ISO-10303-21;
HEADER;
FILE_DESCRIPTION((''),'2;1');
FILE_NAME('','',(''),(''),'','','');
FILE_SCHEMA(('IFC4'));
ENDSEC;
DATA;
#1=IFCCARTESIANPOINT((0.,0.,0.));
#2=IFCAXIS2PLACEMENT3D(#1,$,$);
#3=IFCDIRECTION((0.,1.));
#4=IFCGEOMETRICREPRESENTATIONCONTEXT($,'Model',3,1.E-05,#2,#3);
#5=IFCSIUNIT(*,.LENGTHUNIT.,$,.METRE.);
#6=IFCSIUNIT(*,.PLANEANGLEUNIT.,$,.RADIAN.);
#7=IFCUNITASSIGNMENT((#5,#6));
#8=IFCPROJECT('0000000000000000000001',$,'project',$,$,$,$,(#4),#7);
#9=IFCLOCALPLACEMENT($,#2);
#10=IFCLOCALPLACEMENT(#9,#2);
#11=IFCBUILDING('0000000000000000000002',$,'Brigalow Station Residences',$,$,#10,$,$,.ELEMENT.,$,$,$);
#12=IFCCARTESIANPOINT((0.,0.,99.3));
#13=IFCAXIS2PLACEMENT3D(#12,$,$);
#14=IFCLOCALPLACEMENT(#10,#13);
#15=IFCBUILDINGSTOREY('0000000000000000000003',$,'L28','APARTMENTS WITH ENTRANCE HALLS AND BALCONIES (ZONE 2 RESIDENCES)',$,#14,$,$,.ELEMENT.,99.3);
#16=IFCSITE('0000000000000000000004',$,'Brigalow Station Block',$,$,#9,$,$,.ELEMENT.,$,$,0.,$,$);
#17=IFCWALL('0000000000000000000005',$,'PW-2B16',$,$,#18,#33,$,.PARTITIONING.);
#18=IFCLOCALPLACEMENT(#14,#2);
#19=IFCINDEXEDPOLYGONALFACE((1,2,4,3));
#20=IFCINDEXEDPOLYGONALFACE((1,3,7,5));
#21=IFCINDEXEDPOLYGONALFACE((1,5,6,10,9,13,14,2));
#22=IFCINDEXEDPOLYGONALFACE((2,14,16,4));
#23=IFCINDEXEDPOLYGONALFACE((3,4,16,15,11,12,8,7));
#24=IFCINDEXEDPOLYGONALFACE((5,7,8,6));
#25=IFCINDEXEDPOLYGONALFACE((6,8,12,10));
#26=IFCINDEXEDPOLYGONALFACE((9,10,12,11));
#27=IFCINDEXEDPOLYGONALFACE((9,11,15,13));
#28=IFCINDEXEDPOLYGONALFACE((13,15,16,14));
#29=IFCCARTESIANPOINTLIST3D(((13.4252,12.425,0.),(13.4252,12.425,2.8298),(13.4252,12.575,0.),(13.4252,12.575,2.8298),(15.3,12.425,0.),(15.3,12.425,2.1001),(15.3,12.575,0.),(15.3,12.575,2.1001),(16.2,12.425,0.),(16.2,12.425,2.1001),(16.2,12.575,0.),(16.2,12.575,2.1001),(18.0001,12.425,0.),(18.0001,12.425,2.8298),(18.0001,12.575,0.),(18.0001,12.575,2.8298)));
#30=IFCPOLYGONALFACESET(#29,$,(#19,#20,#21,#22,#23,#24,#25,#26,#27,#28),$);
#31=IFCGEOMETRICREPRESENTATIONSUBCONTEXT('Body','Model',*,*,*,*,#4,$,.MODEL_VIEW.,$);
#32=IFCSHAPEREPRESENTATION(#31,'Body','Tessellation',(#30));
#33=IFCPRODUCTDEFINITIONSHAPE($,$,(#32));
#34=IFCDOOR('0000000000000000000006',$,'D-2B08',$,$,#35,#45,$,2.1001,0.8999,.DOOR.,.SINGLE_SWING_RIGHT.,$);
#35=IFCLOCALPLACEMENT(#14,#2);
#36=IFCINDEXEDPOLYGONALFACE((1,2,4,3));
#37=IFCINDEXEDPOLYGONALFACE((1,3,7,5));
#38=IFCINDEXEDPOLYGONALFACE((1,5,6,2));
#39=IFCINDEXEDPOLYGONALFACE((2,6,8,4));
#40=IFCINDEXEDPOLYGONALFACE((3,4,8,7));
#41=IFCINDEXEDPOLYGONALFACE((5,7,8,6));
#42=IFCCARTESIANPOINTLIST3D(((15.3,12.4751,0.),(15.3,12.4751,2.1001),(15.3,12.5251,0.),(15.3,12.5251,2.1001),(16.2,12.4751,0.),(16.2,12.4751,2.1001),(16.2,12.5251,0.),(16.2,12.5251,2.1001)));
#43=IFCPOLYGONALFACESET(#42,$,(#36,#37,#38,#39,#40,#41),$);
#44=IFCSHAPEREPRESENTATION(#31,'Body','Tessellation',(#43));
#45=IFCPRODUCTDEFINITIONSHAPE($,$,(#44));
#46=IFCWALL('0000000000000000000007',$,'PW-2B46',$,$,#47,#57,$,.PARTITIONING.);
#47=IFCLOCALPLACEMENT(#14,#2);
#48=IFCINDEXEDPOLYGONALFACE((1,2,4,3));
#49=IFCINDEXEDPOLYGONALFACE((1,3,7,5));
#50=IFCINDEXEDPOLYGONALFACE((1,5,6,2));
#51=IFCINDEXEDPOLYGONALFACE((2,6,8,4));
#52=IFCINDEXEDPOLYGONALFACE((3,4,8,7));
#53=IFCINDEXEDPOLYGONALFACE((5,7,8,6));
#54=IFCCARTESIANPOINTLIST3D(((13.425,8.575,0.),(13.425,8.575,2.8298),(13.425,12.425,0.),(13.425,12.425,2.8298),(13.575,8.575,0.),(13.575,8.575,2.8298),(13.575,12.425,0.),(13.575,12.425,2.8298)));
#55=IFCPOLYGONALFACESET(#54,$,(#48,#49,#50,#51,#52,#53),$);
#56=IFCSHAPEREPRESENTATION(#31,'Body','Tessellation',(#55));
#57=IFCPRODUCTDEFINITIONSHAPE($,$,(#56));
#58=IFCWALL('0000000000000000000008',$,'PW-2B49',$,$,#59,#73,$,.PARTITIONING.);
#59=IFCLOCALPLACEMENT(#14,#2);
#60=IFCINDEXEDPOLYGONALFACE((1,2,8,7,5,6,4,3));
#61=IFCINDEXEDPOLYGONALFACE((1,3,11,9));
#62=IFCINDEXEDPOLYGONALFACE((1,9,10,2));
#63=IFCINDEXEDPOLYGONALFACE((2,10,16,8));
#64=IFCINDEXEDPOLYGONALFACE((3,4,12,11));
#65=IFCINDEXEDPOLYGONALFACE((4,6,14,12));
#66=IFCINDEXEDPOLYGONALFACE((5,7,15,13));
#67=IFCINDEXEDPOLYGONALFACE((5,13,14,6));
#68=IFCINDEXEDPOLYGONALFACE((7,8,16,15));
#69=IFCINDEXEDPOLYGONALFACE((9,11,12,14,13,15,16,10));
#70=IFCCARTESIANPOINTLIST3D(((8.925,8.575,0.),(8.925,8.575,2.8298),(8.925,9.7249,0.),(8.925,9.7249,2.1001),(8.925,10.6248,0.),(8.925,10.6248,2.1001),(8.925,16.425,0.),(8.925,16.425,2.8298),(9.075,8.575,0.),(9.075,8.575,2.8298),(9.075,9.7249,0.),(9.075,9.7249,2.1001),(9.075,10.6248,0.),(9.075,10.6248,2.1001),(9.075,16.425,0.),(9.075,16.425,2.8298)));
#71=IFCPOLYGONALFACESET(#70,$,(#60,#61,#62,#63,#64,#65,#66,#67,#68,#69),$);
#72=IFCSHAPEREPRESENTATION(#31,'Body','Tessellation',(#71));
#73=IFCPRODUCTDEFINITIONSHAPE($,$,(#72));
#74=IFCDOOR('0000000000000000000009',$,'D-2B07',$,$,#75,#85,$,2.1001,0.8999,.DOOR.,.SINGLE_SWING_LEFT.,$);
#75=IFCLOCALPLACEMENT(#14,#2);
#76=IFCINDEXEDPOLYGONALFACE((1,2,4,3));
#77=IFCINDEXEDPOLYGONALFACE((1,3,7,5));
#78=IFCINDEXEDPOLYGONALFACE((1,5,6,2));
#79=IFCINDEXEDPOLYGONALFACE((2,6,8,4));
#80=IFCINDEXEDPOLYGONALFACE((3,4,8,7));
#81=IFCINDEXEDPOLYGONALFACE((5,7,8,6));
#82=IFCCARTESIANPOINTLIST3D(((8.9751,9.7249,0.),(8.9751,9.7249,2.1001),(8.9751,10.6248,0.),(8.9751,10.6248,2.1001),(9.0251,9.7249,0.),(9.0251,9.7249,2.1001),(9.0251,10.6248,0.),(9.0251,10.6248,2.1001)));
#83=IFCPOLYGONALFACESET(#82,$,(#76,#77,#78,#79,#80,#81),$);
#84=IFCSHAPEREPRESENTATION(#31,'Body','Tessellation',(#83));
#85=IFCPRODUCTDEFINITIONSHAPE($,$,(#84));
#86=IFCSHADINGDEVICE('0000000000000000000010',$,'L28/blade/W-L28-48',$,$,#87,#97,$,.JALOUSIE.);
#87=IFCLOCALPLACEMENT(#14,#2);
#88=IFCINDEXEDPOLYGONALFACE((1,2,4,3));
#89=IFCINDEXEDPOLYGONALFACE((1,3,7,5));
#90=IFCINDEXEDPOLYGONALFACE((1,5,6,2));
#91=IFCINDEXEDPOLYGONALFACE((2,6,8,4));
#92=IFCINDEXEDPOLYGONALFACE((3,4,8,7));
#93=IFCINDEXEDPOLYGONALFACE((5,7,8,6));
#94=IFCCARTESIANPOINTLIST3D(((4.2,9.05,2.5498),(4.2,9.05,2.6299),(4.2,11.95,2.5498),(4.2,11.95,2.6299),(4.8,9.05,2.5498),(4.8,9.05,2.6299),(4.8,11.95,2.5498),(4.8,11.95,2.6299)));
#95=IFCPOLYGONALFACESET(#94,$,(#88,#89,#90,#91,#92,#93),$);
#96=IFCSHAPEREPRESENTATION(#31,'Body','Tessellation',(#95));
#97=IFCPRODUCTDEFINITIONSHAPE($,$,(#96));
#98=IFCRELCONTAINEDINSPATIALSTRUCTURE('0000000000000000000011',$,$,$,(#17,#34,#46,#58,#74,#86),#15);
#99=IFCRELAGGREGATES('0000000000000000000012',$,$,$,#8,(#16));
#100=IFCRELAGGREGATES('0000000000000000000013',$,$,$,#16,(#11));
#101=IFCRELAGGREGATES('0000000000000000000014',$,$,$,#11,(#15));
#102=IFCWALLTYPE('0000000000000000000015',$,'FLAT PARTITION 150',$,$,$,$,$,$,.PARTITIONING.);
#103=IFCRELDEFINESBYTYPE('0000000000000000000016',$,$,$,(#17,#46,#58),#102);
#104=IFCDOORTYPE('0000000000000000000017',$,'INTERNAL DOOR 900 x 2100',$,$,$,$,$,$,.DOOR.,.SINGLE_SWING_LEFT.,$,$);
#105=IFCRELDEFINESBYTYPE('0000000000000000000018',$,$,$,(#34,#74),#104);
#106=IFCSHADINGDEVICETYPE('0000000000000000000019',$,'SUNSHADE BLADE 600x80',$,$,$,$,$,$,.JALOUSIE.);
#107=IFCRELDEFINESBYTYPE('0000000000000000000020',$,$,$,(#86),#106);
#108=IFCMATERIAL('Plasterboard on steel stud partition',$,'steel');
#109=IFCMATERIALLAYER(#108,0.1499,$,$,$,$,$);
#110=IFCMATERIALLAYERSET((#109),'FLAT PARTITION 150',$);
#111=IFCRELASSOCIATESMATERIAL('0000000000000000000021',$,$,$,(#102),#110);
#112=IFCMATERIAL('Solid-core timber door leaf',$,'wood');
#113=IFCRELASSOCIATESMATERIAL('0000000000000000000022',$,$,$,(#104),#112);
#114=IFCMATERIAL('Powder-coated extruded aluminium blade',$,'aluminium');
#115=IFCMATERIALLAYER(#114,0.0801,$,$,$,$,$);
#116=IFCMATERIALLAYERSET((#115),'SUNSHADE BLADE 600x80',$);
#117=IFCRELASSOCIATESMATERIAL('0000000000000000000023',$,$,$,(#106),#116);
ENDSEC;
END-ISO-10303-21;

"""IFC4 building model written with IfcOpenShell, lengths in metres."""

from ifc_helpers import new_model, si_unit, direction, frame, frame_2d, origin, origin_2d, place, context, subcontext, project, spatial, rectangle, extrude, material, layer, layer_set, type_object, element, fill, save


model = new_model("IFC4")

# Units and contexts
model_context = context("Model", 3, precision=1e-05, world=origin(), true_north=direction((0.0, 1.0)))
body_context = subcontext(model_context, "Body", "Model", "MODEL_VIEW")
ifc_project = project(units=[si_unit("LENGTHUNIT", "METRE"), si_unit("PLANEANGLEUNIT", "RADIAN")], contexts=[model_context])

# Site, building, storey
site_placement = place(None, origin())
site = spatial("IfcSite", under=ifc_project, at=site_placement, Name="Brigalow Station Block", CompositionType="ELEMENT", RefElevation=0.0)
building_placement = place(site_placement, origin())
building = spatial("IfcBuilding", under=site, at=building_placement, Name="Brigalow Station Residences", CompositionType="ELEMENT")
storey_placement = place(building_placement, frame((0.0, 0.0, 99.3)))
storey = spatial("IfcBuildingStorey", under=building, at=storey_placement, Name="L28", Description="APARTMENTS WITH ENTRANCE HALLS AND BALCONIES (ZONE 2 RESIDENCES)", CompositionType="ELEMENT", Elevation=99.3)

# Wall, opening, door
ifc_material_1 = material(Name="Plasterboard on steel stud partition", Category="steel")
ifc_layer_1 = layer(ifc_material_1, 0.1499)
ifc_layer_set_1 = layer_set([ifc_layer_1], Name="FLAT PARTITION 150")
wall_type_1 = type_object("IfcWallType", Name="FLAT PARTITION 150", PredefinedType="PARTITIONING", material=ifc_layer_set_1)
ifc_material_2 = material(Name="Solid-core timber door leaf", Category="wood")
door_type = type_object("IfcDoorType", Name="INTERNAL DOOR 900 x 2100", OperationType="SINGLE_SWING_LEFT", PredefinedType="DOOR", material=ifc_material_2)
wall_1_placement = place(storey_placement, frame((13.425, 12.5, 0.0), z_axis=(0.0, 0.0, 1.0), x_axis=(1.0, 0.0, 0.0)))
wall_1 = element("IfcWall", 1, at=wall_1_placement, inside=storey, type_object=wall_type_1, Name="PW-2B16", PredefinedType="PARTITIONING", context=body_context, shape_type="SweptSolid", body=[
    extrude(rectangle(XDim=4.575, YDim=0.1499, at=frame_2d((2.2876, 0.0))), origin(), (0.0, 0.0, 1.0), 2.8298),
])
opening_1_placement = place(wall_1_placement, frame((1.875, 0.0, 0.0)))
opening_1 = element("IfcOpeningElement", 2, at=opening_1_placement, cuts=wall_1, PredefinedType="OPENING", context=body_context, shape_type="SweptSolid", body=[
    extrude(rectangle(XDim=0.8999, YDim=2.1001, at=frame_2d((0.45, 1.05))), frame((0.0, 0.085, 0.0), z_axis=(0.0, -1.0, 0.0), x_axis=(1.0, 0.0, 0.0)), (0.0, 0.0, 1.0), 0.1699),
])
door_1_placement = place(opening_1_placement, frame((0.8999, 0.0, 0.0), z_axis=(0.0, 0.0, 1.0), x_axis=(-1.0, 0.0, 0.0)))
door_1 = element("IfcDoor", 3, at=door_1_placement, inside=storey, type_object=door_type, Name="D-2B08", OperationType="SINGLE_SWING_RIGHT", OverallHeight=2.1001, OverallWidth=0.8999, PredefinedType="DOOR", context=body_context, shape_type="SweptSolid", body=[
    extrude(rectangle(XDim=0.8999, YDim=2.1001, at=frame_2d((0.45, 1.05))), frame((0.0, 0.0249, 0.0), z_axis=(0.0, -1.0, 0.0), x_axis=(1.0, 0.0, 0.0)), (0.0, 0.0, 1.0), 0.05),
])
fill(opening_1, door_1)

# Wall
wall_2_placement = place(storey_placement, frame((13.5, 8.575, 0.0), z_axis=(0.0, 0.0, 1.0), x_axis=(0.0, 1.0, 0.0)))
element("IfcWall", 4, at=wall_2_placement, inside=storey, type_object=wall_type_1, Name="PW-2B46", PredefinedType="PARTITIONING", context=body_context, shape_type="SweptSolid", body=[
    extrude(rectangle(XDim=3.8501, YDim=0.1499, at=frame_2d((1.925, 0.0))), origin(), (0.0, 0.0, 1.0), 2.8298),
])

# Wall, opening, door
wall_3_placement = place(storey_placement, frame((9.0, 8.575, 0.0), z_axis=(0.0, 0.0, 1.0), x_axis=(0.0, 1.0, 0.0)))
wall_3 = element("IfcWall", 5, at=wall_3_placement, inside=storey, type_object=wall_type_1, Name="PW-2B49", PredefinedType="PARTITIONING", context=body_context, shape_type="SweptSolid", body=[
    extrude(rectangle(XDim=7.8501, YDim=0.1499, at=frame_2d((3.925, 0.0))), origin(), (0.0, 0.0, 1.0), 2.8298),
])
opening_2_placement = place(wall_3_placement, frame((1.1499, 0.0, 0.0)))
opening_2 = element("IfcOpeningElement", 6, at=opening_2_placement, cuts=wall_3, PredefinedType="OPENING", context=body_context, shape_type="SweptSolid", body=[
    extrude(rectangle(XDim=0.8999, YDim=2.1001, at=frame_2d((0.45, 1.05))), frame((0.0, 0.085, 0.0), z_axis=(0.0, -1.0, 0.0), x_axis=(1.0, 0.0, 0.0)), (0.0, 0.0, 1.0), 0.1699),
])
door_2_placement = place(opening_2_placement, origin())
door_2 = element("IfcDoor", 7, at=door_2_placement, inside=storey, type_object=door_type, Name="D-2B07", OperationType="SINGLE_SWING_LEFT", OverallHeight=2.1001, OverallWidth=0.8999, PredefinedType="DOOR", context=body_context, shape_type="SweptSolid", body=[
    extrude(rectangle(XDim=0.8999, YDim=2.1001, at=frame_2d((0.45, 1.05))), frame((0.0, 0.0249, 0.0), z_axis=(0.0, -1.0, 0.0), x_axis=(1.0, 0.0, 0.0)), (0.0, 0.0, 1.0), 0.05),
])
fill(opening_2, door_2)

# Shading device
ifc_material_3 = material(Name="Powder-coated extruded aluminium blade", Category="aluminium")
ifc_layer_2 = layer(ifc_material_3, 0.0801)
ifc_layer_set_2 = layer_set([ifc_layer_2], Name="SUNSHADE BLADE 600x80")
shading_device_type = type_object("IfcShadingDeviceType", Name="SUNSHADE BLADE 600x80", PredefinedType="JALOUSIE", material=ifc_layer_set_2)
shading_device_placement = place(storey_placement, frame((4.5, 10.5, 2.5498), z_axis=(0.0, 0.0, 1.0), x_axis=(0.0, -1.0, 0.0)))
element("IfcShadingDevice", 8, at=shading_device_placement, inside=storey, type_object=shading_device_type, Name="L28/blade/W-L28-48", PredefinedType="JALOUSIE", context=body_context, shape_type="SweptSolid", body=[
    extrude(rectangle(XDim=2.8999, YDim=0.6001, at=origin_2d()), origin(), (0.0, 0.0, 1.0), 0.0801),
])

save(model, "model.ifc")
